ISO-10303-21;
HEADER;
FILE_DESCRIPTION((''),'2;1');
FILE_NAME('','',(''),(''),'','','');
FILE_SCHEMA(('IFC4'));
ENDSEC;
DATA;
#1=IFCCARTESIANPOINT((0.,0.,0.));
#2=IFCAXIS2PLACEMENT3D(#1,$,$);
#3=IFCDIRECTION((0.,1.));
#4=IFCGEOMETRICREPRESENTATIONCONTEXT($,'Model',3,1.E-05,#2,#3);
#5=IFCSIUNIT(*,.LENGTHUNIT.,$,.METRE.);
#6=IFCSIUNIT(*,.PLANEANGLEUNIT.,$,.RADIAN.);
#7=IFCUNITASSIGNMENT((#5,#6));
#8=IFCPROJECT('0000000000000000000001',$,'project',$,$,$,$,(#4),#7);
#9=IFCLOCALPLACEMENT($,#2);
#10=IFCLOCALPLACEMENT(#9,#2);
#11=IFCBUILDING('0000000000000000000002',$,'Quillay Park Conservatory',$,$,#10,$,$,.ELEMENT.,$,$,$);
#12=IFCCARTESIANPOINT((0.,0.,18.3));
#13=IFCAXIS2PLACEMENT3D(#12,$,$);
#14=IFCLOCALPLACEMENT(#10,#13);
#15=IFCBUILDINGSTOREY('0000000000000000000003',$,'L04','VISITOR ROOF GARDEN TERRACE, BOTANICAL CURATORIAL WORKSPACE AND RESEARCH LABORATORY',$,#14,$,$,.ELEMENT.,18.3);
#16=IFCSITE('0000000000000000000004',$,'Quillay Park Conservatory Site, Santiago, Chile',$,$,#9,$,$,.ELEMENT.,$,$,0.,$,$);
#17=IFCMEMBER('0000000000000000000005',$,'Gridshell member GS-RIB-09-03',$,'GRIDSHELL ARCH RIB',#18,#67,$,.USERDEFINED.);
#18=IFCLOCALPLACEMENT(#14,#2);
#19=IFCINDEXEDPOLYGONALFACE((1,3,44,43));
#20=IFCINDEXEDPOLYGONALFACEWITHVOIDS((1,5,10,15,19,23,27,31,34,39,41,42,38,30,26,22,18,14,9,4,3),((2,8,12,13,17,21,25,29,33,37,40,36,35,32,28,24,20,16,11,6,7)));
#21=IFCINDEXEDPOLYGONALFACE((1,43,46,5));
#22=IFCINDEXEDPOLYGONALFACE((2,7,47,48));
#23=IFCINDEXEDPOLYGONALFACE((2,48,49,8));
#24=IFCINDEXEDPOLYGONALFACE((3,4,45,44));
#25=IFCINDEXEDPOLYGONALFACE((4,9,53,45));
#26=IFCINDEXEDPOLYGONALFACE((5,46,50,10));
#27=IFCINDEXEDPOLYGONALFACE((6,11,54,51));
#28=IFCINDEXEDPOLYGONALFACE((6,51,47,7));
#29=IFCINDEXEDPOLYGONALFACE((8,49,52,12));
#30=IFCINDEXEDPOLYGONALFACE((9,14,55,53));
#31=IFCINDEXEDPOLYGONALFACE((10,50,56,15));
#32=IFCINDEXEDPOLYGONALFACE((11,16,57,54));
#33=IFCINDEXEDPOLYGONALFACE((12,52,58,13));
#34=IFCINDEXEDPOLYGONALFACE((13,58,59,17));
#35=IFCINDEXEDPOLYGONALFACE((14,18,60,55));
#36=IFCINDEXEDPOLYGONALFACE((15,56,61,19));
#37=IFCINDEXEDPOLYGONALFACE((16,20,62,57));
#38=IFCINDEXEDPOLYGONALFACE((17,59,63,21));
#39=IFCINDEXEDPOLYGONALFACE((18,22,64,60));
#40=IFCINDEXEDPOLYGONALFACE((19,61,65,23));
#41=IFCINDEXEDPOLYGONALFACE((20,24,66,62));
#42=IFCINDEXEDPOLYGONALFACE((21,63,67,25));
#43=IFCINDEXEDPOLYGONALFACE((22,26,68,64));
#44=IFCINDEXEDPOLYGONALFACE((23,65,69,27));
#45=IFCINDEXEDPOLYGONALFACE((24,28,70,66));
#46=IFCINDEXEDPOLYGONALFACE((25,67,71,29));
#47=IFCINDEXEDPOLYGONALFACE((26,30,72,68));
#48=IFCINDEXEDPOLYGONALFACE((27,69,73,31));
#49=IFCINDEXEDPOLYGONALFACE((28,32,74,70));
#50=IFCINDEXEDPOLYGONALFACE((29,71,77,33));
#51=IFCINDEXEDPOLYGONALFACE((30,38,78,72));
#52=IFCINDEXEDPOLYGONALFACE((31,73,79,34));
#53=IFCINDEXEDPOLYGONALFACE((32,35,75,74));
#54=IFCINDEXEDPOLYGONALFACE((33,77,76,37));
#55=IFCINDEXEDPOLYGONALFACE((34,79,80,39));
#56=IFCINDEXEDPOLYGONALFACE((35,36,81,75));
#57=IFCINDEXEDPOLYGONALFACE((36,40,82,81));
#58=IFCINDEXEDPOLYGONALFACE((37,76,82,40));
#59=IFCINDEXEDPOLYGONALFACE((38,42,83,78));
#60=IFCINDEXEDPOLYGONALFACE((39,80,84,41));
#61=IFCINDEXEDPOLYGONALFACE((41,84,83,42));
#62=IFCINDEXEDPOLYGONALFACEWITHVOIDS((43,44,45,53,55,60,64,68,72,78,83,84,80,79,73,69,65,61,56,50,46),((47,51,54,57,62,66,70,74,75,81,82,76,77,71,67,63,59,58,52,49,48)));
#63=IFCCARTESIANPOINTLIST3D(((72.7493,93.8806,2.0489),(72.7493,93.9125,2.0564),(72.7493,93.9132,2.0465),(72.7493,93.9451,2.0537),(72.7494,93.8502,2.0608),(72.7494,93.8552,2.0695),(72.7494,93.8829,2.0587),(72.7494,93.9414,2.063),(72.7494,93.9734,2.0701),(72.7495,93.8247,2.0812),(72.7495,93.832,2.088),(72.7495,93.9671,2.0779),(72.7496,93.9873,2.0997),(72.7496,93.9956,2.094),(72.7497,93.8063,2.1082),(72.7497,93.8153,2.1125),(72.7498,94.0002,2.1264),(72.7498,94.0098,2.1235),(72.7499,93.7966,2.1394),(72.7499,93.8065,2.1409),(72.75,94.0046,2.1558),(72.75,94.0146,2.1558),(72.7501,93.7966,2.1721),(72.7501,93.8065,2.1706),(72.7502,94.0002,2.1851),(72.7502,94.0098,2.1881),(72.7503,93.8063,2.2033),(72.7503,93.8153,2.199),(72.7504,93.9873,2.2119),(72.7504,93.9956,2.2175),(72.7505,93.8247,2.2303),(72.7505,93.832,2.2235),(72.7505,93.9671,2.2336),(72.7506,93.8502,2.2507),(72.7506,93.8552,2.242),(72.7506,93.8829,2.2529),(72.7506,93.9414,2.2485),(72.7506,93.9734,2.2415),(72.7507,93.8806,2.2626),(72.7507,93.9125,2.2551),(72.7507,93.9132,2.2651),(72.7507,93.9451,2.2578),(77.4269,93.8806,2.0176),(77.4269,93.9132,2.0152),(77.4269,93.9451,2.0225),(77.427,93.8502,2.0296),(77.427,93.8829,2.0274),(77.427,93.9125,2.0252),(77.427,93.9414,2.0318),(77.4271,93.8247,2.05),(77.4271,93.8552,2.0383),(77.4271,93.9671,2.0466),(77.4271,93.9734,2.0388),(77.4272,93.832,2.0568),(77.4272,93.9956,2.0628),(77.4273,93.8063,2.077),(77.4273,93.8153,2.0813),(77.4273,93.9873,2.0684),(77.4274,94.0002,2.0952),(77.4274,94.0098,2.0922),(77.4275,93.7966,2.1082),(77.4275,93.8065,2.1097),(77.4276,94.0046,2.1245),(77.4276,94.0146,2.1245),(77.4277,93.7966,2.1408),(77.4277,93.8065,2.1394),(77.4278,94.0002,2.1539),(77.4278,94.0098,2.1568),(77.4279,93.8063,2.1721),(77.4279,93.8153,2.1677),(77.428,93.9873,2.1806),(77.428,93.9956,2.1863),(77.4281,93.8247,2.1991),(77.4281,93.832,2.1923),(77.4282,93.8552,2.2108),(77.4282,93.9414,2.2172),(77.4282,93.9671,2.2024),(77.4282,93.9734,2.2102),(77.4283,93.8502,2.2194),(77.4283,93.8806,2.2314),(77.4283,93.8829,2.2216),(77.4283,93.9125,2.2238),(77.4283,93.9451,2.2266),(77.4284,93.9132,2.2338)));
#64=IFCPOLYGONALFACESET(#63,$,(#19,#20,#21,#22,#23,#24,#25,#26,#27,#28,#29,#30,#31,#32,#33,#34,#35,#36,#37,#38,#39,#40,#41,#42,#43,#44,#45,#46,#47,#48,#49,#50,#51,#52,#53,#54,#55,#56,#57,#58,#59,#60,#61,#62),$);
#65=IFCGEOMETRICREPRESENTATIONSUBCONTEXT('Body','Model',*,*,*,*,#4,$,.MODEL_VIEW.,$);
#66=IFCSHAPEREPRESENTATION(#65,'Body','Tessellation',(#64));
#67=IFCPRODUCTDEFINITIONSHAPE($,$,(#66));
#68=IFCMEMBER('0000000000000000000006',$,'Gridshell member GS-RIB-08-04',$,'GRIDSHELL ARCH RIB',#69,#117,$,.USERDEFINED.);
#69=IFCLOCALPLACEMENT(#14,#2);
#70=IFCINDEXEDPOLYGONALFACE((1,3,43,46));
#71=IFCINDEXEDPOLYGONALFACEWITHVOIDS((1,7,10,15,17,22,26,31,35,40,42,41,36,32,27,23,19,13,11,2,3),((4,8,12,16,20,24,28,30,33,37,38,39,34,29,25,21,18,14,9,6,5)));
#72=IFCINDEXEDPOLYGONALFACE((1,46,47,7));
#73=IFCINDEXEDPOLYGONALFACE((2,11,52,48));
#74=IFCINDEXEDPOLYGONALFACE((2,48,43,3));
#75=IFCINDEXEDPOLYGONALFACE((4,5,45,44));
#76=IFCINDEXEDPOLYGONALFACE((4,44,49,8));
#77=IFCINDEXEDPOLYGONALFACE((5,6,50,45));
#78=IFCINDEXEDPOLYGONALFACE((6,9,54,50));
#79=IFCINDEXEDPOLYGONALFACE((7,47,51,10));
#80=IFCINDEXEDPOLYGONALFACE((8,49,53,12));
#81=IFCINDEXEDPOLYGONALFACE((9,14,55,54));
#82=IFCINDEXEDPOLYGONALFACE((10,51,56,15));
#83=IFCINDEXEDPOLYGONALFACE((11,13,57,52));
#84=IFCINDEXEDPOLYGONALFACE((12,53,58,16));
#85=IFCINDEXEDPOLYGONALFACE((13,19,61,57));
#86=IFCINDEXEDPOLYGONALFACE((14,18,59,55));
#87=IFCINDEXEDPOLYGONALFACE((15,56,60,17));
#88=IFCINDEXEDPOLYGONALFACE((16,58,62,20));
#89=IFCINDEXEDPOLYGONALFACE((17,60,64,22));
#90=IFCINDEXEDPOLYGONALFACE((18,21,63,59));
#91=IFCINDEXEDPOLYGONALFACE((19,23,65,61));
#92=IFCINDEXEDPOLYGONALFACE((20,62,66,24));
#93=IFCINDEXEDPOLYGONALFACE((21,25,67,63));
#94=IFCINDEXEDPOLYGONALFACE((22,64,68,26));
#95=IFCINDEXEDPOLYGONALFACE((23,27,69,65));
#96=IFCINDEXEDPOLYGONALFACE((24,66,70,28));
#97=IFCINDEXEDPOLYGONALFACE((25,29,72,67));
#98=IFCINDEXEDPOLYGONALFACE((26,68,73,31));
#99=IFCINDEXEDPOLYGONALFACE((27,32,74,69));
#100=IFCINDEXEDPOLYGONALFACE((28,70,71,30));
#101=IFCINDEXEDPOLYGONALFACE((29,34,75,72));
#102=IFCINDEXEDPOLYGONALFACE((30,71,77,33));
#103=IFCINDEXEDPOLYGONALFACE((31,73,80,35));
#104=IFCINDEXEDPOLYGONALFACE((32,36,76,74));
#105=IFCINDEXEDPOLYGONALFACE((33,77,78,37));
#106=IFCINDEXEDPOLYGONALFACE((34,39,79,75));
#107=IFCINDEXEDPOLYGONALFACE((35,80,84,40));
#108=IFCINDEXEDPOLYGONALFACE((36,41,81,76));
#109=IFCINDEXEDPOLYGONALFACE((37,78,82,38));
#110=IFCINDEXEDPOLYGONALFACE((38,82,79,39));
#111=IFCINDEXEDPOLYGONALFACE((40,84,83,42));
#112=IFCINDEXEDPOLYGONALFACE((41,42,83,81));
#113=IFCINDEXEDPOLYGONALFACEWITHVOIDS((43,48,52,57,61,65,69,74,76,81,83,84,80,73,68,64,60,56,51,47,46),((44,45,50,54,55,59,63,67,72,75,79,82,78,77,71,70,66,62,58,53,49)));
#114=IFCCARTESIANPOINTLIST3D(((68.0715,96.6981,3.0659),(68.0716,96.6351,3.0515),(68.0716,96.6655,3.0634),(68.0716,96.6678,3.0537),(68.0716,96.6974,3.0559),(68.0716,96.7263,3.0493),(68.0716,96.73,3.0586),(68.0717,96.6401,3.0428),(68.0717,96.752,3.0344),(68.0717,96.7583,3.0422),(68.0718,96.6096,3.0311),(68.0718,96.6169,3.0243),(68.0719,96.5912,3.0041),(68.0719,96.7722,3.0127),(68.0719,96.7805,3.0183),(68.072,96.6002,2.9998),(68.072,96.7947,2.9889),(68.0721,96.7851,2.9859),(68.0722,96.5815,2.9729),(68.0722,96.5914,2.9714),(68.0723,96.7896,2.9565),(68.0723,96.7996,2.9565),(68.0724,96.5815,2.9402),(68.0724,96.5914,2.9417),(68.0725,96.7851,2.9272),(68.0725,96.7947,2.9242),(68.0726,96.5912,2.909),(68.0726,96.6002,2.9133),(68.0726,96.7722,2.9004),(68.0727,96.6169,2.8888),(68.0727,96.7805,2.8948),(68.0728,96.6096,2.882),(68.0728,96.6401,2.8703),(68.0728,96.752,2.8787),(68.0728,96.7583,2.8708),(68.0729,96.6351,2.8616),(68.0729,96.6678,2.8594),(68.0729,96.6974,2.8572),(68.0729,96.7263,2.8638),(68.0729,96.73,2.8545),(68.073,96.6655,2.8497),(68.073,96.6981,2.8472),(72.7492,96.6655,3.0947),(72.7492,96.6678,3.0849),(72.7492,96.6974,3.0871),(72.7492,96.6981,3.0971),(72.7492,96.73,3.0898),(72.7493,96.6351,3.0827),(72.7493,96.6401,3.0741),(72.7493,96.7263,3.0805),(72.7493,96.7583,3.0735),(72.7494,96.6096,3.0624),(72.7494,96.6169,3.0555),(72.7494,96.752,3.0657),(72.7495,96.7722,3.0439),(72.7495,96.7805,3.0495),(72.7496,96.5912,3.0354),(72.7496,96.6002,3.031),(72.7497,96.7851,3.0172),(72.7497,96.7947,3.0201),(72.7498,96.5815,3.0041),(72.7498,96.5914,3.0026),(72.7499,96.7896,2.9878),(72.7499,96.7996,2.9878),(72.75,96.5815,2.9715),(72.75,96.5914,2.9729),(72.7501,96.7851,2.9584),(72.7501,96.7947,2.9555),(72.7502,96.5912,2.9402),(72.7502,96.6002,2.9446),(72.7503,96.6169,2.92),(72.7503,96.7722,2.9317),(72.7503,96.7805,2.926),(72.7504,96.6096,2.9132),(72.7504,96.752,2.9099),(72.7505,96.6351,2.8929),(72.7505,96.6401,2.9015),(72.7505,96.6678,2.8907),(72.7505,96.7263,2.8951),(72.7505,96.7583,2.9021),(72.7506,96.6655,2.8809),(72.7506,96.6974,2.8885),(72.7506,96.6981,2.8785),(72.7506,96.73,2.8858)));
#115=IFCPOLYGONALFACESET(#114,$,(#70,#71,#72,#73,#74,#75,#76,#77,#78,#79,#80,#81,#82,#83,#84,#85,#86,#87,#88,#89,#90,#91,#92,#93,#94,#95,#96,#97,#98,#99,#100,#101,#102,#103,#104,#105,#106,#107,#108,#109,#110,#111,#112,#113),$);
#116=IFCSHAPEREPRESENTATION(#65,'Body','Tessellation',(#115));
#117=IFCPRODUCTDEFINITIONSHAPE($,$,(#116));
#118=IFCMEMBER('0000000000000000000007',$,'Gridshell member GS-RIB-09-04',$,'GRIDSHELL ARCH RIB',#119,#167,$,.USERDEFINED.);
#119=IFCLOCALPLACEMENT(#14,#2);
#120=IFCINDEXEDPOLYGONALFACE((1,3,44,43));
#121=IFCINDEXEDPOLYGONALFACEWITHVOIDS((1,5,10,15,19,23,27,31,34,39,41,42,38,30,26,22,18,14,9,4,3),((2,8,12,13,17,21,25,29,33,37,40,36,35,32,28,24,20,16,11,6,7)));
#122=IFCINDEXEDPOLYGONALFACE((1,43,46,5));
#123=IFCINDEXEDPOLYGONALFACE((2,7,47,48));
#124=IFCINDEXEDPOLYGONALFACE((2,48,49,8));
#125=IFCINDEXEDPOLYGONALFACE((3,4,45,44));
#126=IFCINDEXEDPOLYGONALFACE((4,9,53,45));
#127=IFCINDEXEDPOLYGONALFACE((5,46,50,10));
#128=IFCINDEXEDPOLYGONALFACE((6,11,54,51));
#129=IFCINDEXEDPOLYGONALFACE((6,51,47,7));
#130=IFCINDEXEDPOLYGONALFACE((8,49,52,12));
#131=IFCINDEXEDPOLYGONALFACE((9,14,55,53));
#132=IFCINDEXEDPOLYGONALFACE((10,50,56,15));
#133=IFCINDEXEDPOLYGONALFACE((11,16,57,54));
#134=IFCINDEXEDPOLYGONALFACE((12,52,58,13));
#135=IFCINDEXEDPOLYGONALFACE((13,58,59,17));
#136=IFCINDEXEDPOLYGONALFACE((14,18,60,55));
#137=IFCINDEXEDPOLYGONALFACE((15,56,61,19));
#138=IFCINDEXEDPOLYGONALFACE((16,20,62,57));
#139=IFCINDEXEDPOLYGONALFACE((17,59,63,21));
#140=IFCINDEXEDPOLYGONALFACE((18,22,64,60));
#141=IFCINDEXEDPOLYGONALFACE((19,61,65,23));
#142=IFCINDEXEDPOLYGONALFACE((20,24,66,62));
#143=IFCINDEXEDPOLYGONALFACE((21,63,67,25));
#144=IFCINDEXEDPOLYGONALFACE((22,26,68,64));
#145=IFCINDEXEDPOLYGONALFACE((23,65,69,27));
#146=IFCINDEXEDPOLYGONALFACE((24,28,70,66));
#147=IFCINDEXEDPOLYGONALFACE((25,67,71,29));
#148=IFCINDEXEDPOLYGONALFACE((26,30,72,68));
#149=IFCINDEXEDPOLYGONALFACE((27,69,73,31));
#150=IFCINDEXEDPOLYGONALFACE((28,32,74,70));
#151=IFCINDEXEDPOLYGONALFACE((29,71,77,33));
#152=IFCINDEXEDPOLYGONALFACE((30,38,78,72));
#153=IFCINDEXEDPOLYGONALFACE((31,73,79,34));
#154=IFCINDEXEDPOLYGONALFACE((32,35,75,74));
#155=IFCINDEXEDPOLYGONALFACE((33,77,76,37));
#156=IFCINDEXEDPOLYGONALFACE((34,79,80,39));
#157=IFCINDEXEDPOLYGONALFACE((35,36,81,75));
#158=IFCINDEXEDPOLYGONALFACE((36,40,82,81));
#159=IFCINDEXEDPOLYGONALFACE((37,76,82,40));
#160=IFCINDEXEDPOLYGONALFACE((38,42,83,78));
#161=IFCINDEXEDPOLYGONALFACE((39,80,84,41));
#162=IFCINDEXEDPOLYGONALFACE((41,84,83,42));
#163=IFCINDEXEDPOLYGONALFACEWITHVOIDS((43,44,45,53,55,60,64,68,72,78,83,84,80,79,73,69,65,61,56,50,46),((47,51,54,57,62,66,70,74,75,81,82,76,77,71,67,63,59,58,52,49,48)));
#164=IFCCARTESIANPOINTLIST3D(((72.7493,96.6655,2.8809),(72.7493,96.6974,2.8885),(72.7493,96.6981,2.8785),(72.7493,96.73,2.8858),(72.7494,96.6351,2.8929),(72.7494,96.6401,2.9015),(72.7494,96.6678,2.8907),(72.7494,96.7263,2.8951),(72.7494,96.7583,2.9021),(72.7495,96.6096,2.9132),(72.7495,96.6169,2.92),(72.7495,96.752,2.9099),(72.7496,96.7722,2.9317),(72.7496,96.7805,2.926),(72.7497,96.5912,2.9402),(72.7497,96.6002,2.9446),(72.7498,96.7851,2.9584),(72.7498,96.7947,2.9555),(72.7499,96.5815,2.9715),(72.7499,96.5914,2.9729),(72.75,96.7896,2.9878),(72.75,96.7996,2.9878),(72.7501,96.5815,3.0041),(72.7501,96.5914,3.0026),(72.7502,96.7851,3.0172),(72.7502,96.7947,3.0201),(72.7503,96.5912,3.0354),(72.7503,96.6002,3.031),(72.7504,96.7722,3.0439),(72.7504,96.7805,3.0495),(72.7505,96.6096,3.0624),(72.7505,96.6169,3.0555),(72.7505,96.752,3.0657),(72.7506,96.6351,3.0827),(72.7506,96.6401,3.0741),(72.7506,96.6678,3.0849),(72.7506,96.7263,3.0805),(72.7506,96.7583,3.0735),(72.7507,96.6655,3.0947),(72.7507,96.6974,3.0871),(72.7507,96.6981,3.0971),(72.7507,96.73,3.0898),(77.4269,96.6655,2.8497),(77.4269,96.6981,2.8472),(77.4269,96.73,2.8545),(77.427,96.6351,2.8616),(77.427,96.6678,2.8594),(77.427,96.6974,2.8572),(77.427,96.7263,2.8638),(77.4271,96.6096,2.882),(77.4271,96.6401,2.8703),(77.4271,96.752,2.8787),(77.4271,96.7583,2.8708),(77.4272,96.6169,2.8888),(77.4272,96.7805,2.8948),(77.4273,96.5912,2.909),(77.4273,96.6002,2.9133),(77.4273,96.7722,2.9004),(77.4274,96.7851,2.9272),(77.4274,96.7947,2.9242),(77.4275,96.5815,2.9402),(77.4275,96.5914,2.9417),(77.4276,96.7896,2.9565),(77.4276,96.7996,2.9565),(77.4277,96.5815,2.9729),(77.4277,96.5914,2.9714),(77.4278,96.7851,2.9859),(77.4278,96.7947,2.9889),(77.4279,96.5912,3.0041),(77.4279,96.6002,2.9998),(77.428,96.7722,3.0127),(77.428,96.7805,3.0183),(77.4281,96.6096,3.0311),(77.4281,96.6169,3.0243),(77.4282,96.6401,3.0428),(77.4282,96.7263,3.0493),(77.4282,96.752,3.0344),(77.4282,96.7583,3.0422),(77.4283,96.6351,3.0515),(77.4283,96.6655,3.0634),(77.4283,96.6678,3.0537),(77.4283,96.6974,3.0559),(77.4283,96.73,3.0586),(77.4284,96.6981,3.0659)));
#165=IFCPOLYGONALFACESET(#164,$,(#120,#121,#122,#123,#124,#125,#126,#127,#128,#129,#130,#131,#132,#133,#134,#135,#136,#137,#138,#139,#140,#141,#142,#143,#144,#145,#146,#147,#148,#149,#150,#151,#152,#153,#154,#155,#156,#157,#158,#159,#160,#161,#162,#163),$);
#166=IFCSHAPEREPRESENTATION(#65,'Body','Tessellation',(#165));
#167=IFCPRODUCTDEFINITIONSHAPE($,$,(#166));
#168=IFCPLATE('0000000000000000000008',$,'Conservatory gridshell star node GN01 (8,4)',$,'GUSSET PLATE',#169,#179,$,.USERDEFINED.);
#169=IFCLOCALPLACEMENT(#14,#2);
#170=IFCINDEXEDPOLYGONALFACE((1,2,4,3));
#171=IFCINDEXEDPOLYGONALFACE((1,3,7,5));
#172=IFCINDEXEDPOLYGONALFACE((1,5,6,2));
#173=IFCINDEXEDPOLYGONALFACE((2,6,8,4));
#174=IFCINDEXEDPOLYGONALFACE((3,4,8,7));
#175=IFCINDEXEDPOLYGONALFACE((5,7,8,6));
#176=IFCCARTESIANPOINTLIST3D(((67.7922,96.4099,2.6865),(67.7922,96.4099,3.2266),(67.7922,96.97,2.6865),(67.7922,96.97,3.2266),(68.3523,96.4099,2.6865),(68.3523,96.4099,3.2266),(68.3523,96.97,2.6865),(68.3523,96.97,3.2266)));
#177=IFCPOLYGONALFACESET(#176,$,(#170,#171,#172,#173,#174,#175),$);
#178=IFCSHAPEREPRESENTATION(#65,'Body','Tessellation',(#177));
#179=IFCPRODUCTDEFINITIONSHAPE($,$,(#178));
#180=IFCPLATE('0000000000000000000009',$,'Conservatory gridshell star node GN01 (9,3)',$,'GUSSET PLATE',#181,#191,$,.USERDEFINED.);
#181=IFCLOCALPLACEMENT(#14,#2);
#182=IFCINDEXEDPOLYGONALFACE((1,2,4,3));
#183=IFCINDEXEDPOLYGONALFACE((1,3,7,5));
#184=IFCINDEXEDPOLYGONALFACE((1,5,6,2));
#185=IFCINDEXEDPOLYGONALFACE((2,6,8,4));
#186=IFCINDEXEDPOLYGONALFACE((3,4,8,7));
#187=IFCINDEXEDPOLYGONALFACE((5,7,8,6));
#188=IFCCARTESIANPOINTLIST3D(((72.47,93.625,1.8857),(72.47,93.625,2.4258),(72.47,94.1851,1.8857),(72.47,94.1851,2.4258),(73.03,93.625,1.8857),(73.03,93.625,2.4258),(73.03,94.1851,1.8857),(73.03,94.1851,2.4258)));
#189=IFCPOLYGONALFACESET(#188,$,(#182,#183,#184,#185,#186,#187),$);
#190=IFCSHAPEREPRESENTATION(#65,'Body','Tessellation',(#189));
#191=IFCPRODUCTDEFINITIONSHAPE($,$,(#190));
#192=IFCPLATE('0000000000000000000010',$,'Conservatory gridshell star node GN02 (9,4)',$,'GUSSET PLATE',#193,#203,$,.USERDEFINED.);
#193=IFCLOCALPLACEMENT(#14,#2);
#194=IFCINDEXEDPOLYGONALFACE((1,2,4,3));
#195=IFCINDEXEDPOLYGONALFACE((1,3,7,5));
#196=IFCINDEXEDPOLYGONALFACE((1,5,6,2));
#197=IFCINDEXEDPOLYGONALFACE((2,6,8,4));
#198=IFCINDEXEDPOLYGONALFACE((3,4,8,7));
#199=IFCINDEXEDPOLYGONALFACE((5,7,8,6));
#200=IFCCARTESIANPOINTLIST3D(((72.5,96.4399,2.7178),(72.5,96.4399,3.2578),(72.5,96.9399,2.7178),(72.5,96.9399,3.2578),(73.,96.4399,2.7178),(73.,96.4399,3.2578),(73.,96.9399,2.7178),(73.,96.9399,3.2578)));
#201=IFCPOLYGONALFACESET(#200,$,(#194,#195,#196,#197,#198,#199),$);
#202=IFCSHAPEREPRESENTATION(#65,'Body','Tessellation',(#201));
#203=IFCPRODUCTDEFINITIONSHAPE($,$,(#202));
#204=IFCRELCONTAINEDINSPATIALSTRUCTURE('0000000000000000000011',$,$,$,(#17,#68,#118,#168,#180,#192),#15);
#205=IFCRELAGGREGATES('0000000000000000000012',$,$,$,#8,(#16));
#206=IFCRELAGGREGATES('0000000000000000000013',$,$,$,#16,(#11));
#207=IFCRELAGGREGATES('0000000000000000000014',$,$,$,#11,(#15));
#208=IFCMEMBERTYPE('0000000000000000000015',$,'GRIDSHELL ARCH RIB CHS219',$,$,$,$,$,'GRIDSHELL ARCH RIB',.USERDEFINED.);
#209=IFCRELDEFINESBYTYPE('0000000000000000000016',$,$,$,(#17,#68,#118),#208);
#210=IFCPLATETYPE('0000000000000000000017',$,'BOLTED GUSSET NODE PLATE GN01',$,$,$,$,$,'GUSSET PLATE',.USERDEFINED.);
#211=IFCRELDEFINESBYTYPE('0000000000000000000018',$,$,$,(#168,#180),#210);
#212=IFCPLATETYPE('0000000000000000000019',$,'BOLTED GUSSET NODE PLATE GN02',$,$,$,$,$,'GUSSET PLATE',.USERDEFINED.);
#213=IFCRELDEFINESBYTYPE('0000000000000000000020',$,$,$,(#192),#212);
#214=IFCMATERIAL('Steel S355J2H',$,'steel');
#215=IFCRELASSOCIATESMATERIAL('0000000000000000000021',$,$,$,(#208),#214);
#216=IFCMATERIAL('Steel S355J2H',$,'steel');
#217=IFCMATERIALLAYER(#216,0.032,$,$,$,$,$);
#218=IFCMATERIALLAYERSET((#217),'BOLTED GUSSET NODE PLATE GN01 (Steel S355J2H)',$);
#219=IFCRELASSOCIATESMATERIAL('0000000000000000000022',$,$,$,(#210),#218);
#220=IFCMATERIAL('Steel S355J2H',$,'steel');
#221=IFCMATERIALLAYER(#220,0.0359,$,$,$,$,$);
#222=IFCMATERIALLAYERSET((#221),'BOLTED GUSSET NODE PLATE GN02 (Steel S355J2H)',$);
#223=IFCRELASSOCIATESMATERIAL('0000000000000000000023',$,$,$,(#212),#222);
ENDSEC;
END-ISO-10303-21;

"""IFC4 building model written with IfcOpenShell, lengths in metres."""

from ifc_helpers import new_model, si_unit, direction, frame, origin, origin_2d, place, context, subcontext, project, spatial, rectangle, hollow_circle, extrude, material, layer, layer_set, material_profile, profile_set, type_object, element, save


model = new_model("IFC4")

# Units and contexts
model_context = context("Model", 3, precision=1e-05, world=origin(), true_north=direction((0.0, 1.0)))
body_context = subcontext(model_context, "Body", "Model", "MODEL_VIEW")
ifc_project = project(units=[si_unit("LENGTHUNIT", "METRE"), si_unit("PLANEANGLEUNIT", "RADIAN")], contexts=[model_context])

# Site, building, storey
site_placement = place(None, origin())
site = spatial("IfcSite", under=ifc_project, at=site_placement, Name="Quillay Park Conservatory Site, Santiago, Chile", CompositionType="ELEMENT", RefElevation=0.0)
building_placement = place(site_placement, origin())
building = spatial("IfcBuilding", under=site, at=building_placement, Name="Quillay Park Conservatory", CompositionType="ELEMENT")
storey_placement = place(building_placement, frame((0.0, 0.0, 18.3)))
storey = spatial("IfcBuildingStorey", under=building, at=storey_placement, Name="L04", Description="VISITOR ROOF GARDEN TERRACE, BOTANICAL CURATORIAL WORKSPACE AND RESEARCH LABORATORY", CompositionType="ELEMENT", Elevation=18.3)

# Members
ifc_material_1 = material(Name="Steel S355J2H", Category="steel")
ifc_material_profile_1 = material_profile(ifc_material_1, hollow_circle(Radius=0.1096, WallThickness=0.01, at=origin_2d()), Name="CHS219.1x10")
ifc_profile_set_1 = profile_set([ifc_material_profile_1], Name="Steel S355J2H")
member_type = type_object("IfcMemberType", Name="GRIDSHELL ARCH RIB CHS219", ElementType="GRIDSHELL ARCH RIB", PredefinedType="USERDEFINED", material=ifc_profile_set_1)
for number, where, z_axis, x_axis, name in (
    (1, (72.75, 93.905, 2.1558), (0.999978, 0.0, -0.00668), (0.0, 1.0, 0.0), "Gridshell member GS-RIB-09-03"),
    (2, (68.0723, 96.6899, 2.9565), (0.999978, 0.0, 0.00668), (0.0, 1.0, 0.0), "Gridshell member GS-RIB-08-04"),
    (3, (72.75, 96.6899, 2.9878), (0.999978, 0.0, -0.00668), (0.0, 1.0, 0.0), "Gridshell member GS-RIB-09-04"),
):
    element("IfcMember", number, at=place(storey_placement, frame(where, z_axis=z_axis, x_axis=x_axis)), inside=storey, type_object=member_type, Name=name, ObjectType="GRIDSHELL ARCH RIB", PredefinedType="USERDEFINED", context=body_context, shape_type="SweptSolid", body=[
        extrude(hollow_circle(Radius=0.1096, WallThickness=0.01, at=origin_2d()), origin(), (0.0, 0.0, 1.0), 4.6777),
    ])

# Plates
ifc_material_2 = material(Name="Steel S355J2H", Category="steel")
ifc_layer_1 = layer(ifc_material_2, 0.032)
ifc_layer_set_1 = layer_set([ifc_layer_1], Name="BOLTED GUSSET NODE PLATE GN01 (Steel S355J2H)")
plate_type_1 = type_object("IfcPlateType", Name="BOLTED GUSSET NODE PLATE GN01", ElementType="GUSSET PLATE", PredefinedType="USERDEFINED", material=ifc_layer_set_1)
for number, where, z_axis, x_axis, name in (
    (4, (68.0723, 96.6899, 2.6865), (0.0, 0.0, 1.0), (1.0, 0.0, 0.0), "Conservatory gridshell star node GN01 (8,4)"),
    (5, (72.75, 93.905, 1.8857), (0.0, 0.0, 1.0), (1.0, 0.0, 0.0), "Conservatory gridshell star node GN01 (9,3)"),
):
    element("IfcPlate", number, at=place(storey_placement, frame(where, z_axis=z_axis, x_axis=x_axis)), inside=storey, type_object=plate_type_1, Name=name, ObjectType="GUSSET PLATE", PredefinedType="USERDEFINED", context=body_context, shape_type="SweptSolid", body=[
        extrude(rectangle(XDim=0.5601, YDim=0.5601, at=origin_2d()), origin(), (0.0, 0.0, 1.0), 0.54),
    ])
ifc_material_3 = material(Name="Steel S355J2H", Category="steel")
ifc_layer_2 = layer(ifc_material_3, 0.0359)
ifc_layer_set_2 = layer_set([ifc_layer_2], Name="BOLTED GUSSET NODE PLATE GN02 (Steel S355J2H)")
plate_type_2 = type_object("IfcPlateType", Name="BOLTED GUSSET NODE PLATE GN02", ElementType="GUSSET PLATE", PredefinedType="USERDEFINED", material=ifc_layer_set_2)
plate_1_placement = place(storey_placement, frame((72.75, 96.6899, 2.7178), z_axis=(0.0, 0.0, 1.0), x_axis=(1.0, 0.0, 0.0)))
element("IfcPlate", 6, at=plate_1_placement, inside=storey, type_object=plate_type_2, Name="Conservatory gridshell star node GN02 (9,4)", ObjectType="GUSSET PLATE", PredefinedType="USERDEFINED", context=body_context, shape_type="SweptSolid", body=[
    extrude(rectangle(XDim=0.5, YDim=0.5, at=origin_2d()), origin(), (0.0, 0.0, 1.0), 0.54),
])

save(model, "model.ifc")
